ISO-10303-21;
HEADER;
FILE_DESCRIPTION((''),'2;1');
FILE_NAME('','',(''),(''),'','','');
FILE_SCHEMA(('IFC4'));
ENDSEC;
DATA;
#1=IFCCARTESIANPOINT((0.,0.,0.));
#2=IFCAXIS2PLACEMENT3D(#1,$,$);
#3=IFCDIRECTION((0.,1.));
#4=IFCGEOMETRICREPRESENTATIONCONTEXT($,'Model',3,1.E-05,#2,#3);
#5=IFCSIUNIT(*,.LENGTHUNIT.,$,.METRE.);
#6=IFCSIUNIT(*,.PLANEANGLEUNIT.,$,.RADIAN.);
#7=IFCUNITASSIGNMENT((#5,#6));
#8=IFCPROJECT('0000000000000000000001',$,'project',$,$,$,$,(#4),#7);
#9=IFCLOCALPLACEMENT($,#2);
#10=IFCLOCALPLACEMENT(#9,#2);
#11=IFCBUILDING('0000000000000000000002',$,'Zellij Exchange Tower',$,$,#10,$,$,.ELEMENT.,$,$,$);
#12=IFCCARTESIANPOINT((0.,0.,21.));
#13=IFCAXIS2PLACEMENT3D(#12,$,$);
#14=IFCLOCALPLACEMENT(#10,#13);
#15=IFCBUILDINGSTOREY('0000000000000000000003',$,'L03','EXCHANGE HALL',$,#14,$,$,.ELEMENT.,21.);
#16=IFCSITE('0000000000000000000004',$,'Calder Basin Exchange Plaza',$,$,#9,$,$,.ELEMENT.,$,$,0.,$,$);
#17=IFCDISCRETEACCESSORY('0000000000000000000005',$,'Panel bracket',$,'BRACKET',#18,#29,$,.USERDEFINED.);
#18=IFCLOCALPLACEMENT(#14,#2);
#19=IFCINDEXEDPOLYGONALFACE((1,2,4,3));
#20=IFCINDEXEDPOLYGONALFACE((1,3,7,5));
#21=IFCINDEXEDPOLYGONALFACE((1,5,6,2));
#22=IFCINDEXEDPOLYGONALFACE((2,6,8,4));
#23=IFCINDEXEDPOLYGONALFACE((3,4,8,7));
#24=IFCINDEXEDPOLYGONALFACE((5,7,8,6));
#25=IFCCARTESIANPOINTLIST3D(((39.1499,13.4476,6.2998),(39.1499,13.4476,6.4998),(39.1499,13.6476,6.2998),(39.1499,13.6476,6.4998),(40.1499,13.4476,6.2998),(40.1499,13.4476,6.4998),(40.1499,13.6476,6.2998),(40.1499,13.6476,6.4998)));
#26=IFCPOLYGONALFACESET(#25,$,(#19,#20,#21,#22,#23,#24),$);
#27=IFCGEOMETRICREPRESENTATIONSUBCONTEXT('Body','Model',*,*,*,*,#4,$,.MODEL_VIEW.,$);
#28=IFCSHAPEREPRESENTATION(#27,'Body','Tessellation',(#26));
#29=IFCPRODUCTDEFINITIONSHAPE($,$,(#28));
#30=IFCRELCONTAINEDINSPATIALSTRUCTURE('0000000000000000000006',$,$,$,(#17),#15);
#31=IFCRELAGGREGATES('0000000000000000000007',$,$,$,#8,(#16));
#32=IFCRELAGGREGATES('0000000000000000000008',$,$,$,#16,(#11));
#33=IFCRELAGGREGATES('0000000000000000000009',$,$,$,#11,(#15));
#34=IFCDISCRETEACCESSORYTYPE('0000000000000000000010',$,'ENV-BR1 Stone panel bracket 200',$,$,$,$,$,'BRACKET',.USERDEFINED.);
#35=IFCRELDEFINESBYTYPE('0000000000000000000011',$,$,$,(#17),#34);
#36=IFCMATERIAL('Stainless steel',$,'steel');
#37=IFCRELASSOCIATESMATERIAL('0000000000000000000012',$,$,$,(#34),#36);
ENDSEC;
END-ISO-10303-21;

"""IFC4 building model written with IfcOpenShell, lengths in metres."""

from ifc_helpers import new_model, si_unit, direction, frame, origin, origin_2d, place, context, subcontext, project, spatial, rectangle, extrude, material, type_object, element, save


model = new_model("IFC4")

# Units and contexts
model_context = context("Model", 3, precision=1e-05, world=origin(), true_north=direction((0.0, 1.0)))
body_context = subcontext(model_context, "Body", "Model", "MODEL_VIEW")
ifc_project = project(units=[si_unit("LENGTHUNIT", "METRE"), si_unit("PLANEANGLEUNIT", "RADIAN")], contexts=[model_context])

# Site, building, storey
site_placement = place(None, origin())
site = spatial("IfcSite", under=ifc_project, at=site_placement, Name="Calder Basin Exchange Plaza", CompositionType="ELEMENT", RefElevation=0.0)
building_placement = place(site_placement, origin())
building = spatial("IfcBuilding", under=site, at=building_placement, Name="Zellij Exchange Tower", CompositionType="ELEMENT")
storey_placement = place(building_placement, frame((0.0, 0.0, 21.0)))
storey = spatial("IfcBuildingStorey", under=building, at=storey_placement, Name="L03", Description="EXCHANGE HALL", CompositionType="ELEMENT", Elevation=21.0)

# Discrete accessory
ifc_material_1 = material(Name="Stainless steel", Category="steel")
discrete_accessory_type = type_object("IfcDiscreteAccessoryType", Name="ENV-BR1 Stone panel bracket 200", ElementType="BRACKET", PredefinedType="USERDEFINED", material=ifc_material_1)
for number, where, z_axis, x_axis, name in (
    (1, (39.6499, 13.5476, 6.2998), (0.0, 0.0, 1.0), (0.0, 1.0, 0.0), "Panel bracket"),
):
    element("IfcDiscreteAccessory", number, at=place(storey_placement, frame(where, z_axis=z_axis, x_axis=x_axis)), inside=storey, type_object=discrete_accessory_type, Name=name, ObjectType="BRACKET", PredefinedType="USERDEFINED", context=body_context, shape_type="SweptSolid", body=[
        extrude(rectangle(XDim=0.2, YDim=1.0, at=origin_2d()), origin(), (0.0, 0.0, 1.0), 0.2),
    ])

save(model, "model.ifc")
